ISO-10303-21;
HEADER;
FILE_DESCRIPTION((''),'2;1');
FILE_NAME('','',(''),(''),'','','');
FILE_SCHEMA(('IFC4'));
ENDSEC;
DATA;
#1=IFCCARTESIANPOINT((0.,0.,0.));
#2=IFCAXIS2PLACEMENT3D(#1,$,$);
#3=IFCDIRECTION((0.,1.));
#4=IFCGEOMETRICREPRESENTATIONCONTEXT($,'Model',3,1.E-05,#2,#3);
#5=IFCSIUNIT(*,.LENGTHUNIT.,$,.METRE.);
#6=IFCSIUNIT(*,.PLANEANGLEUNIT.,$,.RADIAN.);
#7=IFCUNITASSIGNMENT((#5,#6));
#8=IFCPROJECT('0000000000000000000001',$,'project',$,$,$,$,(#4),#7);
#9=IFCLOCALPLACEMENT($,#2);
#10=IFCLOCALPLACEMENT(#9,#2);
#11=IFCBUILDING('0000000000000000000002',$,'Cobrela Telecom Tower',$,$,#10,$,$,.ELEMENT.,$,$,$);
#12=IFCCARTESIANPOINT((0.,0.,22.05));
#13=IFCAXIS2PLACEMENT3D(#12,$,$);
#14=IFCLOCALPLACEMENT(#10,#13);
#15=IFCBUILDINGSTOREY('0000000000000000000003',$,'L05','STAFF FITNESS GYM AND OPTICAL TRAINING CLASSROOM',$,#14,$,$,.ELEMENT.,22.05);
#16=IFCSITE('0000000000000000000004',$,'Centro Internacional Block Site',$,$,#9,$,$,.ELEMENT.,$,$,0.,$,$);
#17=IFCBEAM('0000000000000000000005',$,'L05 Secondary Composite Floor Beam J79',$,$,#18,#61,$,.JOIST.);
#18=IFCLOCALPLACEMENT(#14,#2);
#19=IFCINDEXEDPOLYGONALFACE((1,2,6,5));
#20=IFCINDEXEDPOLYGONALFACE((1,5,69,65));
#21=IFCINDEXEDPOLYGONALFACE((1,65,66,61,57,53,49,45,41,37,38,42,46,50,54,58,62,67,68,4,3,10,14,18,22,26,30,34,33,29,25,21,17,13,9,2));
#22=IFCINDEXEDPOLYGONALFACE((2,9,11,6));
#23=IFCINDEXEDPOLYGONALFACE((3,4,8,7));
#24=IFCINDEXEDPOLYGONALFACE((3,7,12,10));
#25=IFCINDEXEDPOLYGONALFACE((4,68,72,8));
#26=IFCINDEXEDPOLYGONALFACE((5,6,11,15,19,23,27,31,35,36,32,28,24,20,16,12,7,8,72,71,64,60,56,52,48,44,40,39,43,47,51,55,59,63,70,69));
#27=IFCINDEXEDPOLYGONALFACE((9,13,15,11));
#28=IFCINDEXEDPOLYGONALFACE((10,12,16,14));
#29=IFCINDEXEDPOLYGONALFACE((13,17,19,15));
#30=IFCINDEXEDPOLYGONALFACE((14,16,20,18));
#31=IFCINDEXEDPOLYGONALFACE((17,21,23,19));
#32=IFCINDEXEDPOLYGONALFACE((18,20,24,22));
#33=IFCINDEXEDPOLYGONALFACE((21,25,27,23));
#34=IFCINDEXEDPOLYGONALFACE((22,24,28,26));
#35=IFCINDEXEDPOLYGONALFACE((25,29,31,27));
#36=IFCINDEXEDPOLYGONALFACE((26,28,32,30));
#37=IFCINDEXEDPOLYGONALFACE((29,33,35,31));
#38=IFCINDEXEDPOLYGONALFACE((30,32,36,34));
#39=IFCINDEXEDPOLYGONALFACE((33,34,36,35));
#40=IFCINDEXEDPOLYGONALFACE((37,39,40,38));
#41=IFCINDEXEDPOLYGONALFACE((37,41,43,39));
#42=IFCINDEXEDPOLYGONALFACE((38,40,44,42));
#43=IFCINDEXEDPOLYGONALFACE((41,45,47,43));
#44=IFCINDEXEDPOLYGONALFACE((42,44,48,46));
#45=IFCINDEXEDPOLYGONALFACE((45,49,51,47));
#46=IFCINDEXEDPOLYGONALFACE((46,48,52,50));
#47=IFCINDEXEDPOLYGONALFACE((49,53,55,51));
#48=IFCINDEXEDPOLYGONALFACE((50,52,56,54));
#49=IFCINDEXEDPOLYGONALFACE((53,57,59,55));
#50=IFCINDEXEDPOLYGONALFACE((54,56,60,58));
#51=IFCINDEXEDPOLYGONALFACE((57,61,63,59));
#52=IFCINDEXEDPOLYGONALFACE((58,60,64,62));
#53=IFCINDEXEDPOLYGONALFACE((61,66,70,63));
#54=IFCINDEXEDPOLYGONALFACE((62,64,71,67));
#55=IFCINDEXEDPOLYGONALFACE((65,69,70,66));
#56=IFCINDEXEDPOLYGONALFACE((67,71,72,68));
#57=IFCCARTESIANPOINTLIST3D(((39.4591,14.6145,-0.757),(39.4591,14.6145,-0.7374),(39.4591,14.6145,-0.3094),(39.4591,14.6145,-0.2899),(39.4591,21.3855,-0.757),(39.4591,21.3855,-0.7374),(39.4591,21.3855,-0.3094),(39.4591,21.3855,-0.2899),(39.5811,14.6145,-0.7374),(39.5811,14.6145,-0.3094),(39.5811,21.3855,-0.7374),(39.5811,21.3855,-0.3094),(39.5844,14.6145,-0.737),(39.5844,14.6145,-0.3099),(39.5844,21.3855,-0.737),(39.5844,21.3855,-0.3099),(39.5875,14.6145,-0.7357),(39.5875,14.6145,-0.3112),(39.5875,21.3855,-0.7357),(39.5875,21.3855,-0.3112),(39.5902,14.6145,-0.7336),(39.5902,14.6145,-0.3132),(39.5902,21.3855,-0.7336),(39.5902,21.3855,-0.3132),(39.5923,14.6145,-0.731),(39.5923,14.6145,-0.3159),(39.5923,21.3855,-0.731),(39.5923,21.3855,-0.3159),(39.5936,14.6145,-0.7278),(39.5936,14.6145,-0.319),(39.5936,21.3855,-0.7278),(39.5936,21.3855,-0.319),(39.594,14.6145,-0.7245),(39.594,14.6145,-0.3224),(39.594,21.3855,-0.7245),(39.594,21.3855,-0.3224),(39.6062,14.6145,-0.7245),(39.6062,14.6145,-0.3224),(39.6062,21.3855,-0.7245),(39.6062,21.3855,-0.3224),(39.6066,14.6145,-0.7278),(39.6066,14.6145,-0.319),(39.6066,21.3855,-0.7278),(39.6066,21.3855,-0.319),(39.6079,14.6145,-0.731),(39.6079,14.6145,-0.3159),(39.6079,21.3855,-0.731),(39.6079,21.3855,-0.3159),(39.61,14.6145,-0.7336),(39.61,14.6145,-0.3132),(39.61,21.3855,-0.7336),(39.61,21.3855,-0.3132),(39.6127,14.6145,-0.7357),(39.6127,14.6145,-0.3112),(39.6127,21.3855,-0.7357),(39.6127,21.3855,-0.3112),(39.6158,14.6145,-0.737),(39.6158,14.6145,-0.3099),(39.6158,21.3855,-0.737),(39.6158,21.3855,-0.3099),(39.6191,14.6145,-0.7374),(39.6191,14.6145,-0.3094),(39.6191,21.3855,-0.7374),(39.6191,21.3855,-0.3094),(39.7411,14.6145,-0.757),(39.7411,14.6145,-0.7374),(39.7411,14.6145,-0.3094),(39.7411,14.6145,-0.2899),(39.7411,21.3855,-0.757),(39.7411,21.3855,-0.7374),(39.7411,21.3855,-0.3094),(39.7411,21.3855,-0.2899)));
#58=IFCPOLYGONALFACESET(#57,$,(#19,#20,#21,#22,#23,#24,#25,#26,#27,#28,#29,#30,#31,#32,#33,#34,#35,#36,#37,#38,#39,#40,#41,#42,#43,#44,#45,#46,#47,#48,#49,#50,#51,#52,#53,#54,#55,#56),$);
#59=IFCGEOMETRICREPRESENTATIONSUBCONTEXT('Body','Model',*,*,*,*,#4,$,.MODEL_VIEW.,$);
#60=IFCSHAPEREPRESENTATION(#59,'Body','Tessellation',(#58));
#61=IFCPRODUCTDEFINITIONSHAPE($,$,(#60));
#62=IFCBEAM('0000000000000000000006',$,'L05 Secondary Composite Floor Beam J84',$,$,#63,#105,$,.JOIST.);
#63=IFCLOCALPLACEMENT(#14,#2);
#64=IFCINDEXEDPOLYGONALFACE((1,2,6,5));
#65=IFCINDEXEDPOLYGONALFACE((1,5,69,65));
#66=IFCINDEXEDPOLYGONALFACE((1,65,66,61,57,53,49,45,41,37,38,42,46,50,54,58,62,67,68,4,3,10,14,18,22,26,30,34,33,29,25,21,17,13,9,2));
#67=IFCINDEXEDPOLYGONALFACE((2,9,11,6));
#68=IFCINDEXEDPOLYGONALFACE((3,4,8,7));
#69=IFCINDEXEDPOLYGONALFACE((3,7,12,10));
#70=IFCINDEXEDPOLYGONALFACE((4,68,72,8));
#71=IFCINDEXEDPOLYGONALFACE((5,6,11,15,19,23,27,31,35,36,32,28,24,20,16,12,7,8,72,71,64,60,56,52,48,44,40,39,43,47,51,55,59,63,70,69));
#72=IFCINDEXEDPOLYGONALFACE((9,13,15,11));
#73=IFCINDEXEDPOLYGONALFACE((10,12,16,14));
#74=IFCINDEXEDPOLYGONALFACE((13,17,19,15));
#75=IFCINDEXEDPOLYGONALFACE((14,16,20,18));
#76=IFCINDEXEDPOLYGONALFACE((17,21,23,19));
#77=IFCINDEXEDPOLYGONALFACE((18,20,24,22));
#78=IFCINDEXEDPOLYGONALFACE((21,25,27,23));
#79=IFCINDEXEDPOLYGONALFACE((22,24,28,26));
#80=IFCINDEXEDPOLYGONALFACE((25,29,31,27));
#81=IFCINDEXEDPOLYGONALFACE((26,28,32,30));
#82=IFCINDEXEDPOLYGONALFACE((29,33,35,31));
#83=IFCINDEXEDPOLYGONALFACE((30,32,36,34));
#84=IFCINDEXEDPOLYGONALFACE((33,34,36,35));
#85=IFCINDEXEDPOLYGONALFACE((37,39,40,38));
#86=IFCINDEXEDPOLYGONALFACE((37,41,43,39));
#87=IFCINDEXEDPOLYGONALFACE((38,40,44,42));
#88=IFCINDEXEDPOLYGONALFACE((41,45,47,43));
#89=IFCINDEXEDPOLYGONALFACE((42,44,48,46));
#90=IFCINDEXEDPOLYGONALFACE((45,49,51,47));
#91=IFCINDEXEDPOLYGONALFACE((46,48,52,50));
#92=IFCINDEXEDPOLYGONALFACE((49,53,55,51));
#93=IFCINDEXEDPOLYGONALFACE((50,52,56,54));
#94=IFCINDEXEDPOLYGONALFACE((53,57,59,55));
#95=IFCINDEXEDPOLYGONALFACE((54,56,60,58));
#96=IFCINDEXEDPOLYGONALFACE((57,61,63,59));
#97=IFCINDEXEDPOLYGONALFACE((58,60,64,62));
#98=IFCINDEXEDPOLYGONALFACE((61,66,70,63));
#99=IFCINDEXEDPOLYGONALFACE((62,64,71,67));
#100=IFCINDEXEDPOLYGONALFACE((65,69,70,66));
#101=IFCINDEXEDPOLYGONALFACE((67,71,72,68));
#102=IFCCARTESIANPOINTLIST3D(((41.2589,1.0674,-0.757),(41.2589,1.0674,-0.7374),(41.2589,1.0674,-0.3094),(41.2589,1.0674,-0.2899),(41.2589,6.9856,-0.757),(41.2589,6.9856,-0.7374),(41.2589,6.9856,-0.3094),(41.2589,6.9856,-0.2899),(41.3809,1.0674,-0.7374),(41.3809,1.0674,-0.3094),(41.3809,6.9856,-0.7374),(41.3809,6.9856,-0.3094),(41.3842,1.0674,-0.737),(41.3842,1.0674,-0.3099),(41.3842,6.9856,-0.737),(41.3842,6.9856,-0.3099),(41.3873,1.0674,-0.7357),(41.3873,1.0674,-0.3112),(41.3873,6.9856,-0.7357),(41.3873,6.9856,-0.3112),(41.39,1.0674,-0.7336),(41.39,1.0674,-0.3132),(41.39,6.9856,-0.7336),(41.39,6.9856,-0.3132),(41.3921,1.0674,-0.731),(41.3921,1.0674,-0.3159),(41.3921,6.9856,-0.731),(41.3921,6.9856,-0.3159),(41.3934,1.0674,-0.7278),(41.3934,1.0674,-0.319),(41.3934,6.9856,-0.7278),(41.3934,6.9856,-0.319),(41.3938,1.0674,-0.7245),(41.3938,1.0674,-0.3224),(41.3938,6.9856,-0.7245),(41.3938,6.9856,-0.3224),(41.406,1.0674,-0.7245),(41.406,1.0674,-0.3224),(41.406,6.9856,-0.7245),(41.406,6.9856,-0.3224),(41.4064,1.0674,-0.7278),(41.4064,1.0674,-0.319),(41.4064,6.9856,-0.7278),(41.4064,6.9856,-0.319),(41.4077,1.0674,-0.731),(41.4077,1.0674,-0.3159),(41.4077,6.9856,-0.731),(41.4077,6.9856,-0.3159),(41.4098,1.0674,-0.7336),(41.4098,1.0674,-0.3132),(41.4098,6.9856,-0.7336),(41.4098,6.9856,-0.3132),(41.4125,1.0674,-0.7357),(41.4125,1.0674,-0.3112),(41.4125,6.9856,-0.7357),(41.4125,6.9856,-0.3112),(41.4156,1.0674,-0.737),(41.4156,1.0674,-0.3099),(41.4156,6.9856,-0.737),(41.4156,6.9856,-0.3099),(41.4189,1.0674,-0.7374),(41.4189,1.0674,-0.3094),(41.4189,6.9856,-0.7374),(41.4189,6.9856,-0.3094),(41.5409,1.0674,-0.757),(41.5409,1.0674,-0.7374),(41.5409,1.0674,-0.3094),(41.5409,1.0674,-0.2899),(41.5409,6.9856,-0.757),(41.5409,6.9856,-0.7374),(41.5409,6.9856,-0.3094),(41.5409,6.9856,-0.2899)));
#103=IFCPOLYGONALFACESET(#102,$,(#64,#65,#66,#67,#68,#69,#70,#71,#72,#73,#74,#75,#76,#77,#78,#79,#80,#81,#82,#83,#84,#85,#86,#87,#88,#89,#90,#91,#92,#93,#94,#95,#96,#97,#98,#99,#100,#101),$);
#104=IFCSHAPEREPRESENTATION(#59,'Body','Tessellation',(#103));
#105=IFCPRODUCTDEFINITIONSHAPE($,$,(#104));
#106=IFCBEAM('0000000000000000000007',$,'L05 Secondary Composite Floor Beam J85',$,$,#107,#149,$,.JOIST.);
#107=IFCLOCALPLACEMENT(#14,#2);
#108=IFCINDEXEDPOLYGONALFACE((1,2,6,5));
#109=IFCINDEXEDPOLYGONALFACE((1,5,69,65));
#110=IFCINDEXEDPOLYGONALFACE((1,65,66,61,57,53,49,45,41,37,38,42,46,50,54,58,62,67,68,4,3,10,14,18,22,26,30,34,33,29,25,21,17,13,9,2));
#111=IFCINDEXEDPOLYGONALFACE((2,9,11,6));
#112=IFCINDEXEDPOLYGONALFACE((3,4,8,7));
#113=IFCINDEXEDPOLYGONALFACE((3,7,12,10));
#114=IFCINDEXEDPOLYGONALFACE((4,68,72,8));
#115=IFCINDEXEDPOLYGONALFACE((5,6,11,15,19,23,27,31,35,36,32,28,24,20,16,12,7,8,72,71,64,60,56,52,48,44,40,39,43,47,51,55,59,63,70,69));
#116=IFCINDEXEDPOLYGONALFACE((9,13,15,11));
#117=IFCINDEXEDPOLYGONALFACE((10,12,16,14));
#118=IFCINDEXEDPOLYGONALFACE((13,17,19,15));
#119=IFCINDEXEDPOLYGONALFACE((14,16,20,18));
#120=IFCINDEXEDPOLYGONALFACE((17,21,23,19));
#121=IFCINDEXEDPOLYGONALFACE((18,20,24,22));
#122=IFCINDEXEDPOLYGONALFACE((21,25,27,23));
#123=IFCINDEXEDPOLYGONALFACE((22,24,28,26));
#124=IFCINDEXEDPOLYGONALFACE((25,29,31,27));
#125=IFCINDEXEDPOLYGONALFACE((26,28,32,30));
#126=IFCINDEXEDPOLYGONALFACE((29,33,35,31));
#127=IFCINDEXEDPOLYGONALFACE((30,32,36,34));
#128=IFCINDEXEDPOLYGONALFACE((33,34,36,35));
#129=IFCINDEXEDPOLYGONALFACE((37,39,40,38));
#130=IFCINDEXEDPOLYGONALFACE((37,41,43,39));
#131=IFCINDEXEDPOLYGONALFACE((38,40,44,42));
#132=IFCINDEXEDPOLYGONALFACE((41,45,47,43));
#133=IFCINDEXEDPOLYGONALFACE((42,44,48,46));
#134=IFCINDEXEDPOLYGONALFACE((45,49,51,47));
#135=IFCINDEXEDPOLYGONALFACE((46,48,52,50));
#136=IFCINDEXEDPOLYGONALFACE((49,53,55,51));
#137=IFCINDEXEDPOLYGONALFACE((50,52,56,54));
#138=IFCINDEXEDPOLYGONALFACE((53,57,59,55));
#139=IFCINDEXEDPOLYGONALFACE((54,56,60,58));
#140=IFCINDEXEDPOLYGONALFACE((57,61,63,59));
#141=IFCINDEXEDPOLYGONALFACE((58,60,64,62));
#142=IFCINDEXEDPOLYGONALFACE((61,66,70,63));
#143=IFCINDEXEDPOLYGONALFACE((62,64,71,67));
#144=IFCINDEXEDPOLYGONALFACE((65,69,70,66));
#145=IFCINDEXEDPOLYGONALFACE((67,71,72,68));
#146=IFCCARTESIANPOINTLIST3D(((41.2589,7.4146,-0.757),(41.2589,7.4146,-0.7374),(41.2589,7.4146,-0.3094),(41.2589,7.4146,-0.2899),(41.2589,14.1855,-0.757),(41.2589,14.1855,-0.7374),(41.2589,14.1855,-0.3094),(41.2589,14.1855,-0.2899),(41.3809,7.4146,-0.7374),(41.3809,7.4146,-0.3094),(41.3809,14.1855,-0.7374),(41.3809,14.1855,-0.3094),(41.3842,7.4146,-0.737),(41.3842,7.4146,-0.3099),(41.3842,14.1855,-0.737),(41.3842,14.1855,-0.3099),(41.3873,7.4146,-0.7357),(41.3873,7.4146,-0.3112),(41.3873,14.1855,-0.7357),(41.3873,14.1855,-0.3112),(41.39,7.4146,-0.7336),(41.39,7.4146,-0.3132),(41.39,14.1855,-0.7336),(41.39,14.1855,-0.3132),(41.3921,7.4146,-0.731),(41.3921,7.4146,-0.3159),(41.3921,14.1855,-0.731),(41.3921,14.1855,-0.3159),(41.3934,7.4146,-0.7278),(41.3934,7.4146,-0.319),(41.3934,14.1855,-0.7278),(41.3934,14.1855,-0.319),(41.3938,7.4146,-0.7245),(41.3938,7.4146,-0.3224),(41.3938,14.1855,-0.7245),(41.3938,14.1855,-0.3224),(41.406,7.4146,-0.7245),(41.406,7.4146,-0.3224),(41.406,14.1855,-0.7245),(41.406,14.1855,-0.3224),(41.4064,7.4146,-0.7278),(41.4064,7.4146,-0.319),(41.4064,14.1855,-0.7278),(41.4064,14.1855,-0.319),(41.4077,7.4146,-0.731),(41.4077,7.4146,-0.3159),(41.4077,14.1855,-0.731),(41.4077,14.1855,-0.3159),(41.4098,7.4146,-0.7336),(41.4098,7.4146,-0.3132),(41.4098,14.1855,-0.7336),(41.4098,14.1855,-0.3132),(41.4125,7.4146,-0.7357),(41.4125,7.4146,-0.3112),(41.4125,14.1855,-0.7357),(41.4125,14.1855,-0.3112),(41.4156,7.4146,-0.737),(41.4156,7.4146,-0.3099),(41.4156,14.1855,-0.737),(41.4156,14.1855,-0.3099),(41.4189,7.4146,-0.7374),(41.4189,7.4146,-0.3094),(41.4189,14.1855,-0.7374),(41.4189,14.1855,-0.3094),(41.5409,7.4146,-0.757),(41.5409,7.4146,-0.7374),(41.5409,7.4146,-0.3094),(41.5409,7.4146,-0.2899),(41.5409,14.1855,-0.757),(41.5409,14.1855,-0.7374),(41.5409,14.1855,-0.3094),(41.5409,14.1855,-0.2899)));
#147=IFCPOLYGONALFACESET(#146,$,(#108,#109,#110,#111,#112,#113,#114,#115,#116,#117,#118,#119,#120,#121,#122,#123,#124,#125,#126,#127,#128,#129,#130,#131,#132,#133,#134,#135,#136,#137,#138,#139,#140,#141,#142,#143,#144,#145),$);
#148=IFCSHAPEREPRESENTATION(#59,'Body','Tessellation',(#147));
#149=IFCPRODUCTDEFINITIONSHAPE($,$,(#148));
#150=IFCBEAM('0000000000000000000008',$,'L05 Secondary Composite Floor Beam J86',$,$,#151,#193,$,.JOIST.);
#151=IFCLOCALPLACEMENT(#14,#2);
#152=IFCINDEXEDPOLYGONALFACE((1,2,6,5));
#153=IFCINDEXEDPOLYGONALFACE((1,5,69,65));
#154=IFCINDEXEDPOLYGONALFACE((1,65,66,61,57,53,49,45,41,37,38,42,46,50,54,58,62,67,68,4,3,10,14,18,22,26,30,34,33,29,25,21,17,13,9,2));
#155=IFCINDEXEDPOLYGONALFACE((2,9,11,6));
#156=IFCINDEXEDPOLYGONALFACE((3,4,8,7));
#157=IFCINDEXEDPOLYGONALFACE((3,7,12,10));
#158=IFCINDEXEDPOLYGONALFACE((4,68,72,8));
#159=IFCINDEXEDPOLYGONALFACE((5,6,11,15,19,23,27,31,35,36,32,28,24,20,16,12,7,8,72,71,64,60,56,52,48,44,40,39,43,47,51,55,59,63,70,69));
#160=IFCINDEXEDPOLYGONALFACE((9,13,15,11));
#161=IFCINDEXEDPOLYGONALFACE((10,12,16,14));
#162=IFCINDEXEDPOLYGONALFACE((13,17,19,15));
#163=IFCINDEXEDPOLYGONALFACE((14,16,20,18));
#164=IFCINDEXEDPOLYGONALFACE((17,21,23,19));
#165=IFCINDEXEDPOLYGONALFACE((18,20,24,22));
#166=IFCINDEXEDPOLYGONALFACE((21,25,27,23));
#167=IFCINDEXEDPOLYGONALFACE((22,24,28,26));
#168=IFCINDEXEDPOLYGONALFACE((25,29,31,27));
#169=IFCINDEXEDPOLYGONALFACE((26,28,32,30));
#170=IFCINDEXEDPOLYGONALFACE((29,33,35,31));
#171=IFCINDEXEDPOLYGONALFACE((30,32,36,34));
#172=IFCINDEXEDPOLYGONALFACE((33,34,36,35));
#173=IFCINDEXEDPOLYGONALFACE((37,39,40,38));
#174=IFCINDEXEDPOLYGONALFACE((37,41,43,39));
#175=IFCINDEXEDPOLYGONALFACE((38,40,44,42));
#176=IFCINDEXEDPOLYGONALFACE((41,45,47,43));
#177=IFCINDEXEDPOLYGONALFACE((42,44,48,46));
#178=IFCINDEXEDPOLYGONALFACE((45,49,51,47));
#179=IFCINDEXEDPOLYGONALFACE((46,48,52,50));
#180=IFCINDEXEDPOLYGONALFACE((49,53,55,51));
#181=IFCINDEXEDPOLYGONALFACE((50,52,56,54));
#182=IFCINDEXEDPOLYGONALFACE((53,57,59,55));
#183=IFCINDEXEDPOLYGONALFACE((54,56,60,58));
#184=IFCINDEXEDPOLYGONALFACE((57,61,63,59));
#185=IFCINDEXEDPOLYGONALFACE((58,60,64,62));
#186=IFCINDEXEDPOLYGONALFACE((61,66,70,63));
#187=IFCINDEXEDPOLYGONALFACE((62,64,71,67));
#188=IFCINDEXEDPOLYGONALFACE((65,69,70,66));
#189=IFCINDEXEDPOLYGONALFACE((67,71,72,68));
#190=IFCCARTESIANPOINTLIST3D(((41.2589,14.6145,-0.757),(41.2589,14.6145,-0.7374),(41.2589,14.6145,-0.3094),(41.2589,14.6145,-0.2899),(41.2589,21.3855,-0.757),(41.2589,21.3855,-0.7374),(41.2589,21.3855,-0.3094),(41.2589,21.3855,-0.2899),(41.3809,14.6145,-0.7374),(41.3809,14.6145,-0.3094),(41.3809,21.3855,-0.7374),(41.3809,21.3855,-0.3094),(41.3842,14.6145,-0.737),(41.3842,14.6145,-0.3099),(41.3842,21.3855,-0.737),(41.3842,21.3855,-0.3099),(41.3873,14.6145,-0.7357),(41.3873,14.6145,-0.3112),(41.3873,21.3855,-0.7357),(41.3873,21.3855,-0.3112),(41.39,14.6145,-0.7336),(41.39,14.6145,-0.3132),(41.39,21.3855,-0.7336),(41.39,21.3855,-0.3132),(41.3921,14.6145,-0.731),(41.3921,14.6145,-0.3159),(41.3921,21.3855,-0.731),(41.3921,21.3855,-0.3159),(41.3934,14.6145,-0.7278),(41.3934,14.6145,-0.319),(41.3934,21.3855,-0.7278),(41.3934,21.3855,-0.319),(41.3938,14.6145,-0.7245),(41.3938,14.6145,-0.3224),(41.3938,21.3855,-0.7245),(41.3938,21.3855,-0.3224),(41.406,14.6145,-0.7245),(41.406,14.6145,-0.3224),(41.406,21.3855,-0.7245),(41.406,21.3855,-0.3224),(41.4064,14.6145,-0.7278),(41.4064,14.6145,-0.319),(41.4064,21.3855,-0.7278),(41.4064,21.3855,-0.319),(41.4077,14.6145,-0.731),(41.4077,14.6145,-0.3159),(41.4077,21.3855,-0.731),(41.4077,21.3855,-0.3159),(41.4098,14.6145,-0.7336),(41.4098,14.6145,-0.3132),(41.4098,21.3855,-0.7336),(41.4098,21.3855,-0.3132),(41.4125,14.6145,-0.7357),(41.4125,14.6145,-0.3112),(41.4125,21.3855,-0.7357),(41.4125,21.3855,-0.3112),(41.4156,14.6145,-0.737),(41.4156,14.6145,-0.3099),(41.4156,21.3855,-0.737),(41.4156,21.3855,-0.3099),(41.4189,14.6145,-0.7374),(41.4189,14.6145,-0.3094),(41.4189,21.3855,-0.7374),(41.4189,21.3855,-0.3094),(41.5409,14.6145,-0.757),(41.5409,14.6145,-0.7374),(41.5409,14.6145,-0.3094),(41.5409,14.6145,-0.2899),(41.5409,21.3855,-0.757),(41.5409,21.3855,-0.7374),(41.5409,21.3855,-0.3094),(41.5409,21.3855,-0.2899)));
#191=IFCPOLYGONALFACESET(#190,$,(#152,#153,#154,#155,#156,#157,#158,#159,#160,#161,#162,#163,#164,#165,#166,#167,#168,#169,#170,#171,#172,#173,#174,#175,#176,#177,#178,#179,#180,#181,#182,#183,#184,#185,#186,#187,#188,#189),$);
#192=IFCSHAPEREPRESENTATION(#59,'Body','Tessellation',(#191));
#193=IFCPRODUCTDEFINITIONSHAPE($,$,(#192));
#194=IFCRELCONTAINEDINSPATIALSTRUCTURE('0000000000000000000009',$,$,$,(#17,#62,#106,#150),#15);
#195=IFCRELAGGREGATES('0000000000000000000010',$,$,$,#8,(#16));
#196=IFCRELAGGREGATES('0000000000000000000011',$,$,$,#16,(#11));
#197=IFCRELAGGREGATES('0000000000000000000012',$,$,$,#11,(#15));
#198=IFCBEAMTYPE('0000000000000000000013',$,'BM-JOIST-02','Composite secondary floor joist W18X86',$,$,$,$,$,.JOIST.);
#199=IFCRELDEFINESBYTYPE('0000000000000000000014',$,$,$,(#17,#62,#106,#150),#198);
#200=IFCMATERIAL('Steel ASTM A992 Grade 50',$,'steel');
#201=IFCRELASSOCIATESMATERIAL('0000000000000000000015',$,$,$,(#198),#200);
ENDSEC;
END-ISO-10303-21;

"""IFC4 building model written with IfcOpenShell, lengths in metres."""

from ifc_helpers import new_model, si_unit, direction, frame, origin, origin_2d, place, context, subcontext, project, spatial, i_section, extrude, material, material_profile, profile_set, type_object, element, save


model = new_model("IFC4")

# Units and contexts
model_context = context("Model", 3, precision=1e-05, world=origin(), true_north=direction((0.0, 1.0)))
body_context = subcontext(model_context, "Body", "Model", "MODEL_VIEW")
ifc_project = project(units=[si_unit("LENGTHUNIT", "METRE"), si_unit("PLANEANGLEUNIT", "RADIAN")], contexts=[model_context])

# Site, building, storey
site_placement = place(None, origin())
site = spatial("IfcSite", under=ifc_project, at=site_placement, Name="Centro Internacional Block Site", CompositionType="ELEMENT", RefElevation=0.0)
building_placement = place(site_placement, origin())
building = spatial("IfcBuilding", under=site, at=building_placement, Name="Cobrela Telecom Tower", CompositionType="ELEMENT")
storey_placement = place(building_placement, frame((0.0, 0.0, 22.05)))
storey = spatial("IfcBuildingStorey", under=building, at=storey_placement, Name="L05", Description="STAFF FITNESS GYM AND OPTICAL TRAINING CLASSROOM", CompositionType="ELEMENT", Elevation=22.05)

# Beams
ifc_material_1 = material(Name="Steel ASTM A992 Grade 50", Category="steel")
ifc_material_profile_1 = material_profile(ifc_material_1, i_section(OverallWidth=0.282, OverallDepth=0.467, WebThickness=0.0122, FlangeThickness=0.0195, FilletRadius=0.0129, at=origin_2d()), Name="W18X86")
ifc_profile_set_1 = profile_set([ifc_material_profile_1], Name="Steel ASTM A992 Grade 50")
beam_type_1 = type_object("IfcBeamType", Name="BM-JOIST-02", Description="Composite secondary floor joist W18X86", PredefinedType="JOIST", material=ifc_profile_set_1)
for number, where, z_axis, x_axis, name in (
    (1, (39.6001, 14.6145, -0.5234), (0.0, 1.0, 0.0), (-1.0, 0.0, 0.0), "L05 Secondary Composite Floor Beam J79"),
):
    element("IfcBeam", number, at=place(storey_placement, frame(where, z_axis=z_axis, x_axis=x_axis)), inside=storey, type_object=beam_type_1, Name=name, PredefinedType="JOIST", context=body_context, shape_type="SweptSolid", body=[
        extrude(i_section(OverallWidth=0.282, OverallDepth=0.467, WebThickness=0.0122, FlangeThickness=0.0195, FilletRadius=0.0129, at=origin_2d()), origin(), (0.0, 0.0, 1.0), 6.771),
    ])
beam_1_placement = place(storey_placement, frame((41.3999, 1.0674, -0.5234), z_axis=(0.0, 1.0, 0.0), x_axis=(-1.0, 0.0, 0.0)))
element("IfcBeam", 2, at=beam_1_placement, inside=storey, type_object=beam_type_1, Name="L05 Secondary Composite Floor Beam J84", PredefinedType="JOIST", context=body_context, shape_type="SweptSolid", body=[
    extrude(i_section(OverallWidth=0.282, OverallDepth=0.467, WebThickness=0.0122, FlangeThickness=0.0195, FilletRadius=0.0129, at=origin_2d()), origin(), (0.0, 0.0, 1.0), 5.9182),
])
for number, where, z_axis, x_axis, name in (
    (3, (41.3999, 7.4146, -0.5234), (0.0, 1.0, 0.0), (-1.0, 0.0, 0.0), "L05 Secondary Composite Floor Beam J85"),
    (4, (41.3999, 14.6145, -0.5234), (0.0, 1.0, 0.0), (-1.0, 0.0, 0.0), "L05 Secondary Composite Floor Beam J86"),
):
    element("IfcBeam", number, at=place(storey_placement, frame(where, z_axis=z_axis, x_axis=x_axis)), inside=storey, type_object=beam_type_1, Name=name, PredefinedType="JOIST", context=body_context, shape_type="SweptSolid", body=[
        extrude(i_section(OverallWidth=0.282, OverallDepth=0.467, WebThickness=0.0122, FlangeThickness=0.0195, FilletRadius=0.0129, at=origin_2d()), origin(), (0.0, 0.0, 1.0), 6.771),
    ])

save(model, "model.ifc")
